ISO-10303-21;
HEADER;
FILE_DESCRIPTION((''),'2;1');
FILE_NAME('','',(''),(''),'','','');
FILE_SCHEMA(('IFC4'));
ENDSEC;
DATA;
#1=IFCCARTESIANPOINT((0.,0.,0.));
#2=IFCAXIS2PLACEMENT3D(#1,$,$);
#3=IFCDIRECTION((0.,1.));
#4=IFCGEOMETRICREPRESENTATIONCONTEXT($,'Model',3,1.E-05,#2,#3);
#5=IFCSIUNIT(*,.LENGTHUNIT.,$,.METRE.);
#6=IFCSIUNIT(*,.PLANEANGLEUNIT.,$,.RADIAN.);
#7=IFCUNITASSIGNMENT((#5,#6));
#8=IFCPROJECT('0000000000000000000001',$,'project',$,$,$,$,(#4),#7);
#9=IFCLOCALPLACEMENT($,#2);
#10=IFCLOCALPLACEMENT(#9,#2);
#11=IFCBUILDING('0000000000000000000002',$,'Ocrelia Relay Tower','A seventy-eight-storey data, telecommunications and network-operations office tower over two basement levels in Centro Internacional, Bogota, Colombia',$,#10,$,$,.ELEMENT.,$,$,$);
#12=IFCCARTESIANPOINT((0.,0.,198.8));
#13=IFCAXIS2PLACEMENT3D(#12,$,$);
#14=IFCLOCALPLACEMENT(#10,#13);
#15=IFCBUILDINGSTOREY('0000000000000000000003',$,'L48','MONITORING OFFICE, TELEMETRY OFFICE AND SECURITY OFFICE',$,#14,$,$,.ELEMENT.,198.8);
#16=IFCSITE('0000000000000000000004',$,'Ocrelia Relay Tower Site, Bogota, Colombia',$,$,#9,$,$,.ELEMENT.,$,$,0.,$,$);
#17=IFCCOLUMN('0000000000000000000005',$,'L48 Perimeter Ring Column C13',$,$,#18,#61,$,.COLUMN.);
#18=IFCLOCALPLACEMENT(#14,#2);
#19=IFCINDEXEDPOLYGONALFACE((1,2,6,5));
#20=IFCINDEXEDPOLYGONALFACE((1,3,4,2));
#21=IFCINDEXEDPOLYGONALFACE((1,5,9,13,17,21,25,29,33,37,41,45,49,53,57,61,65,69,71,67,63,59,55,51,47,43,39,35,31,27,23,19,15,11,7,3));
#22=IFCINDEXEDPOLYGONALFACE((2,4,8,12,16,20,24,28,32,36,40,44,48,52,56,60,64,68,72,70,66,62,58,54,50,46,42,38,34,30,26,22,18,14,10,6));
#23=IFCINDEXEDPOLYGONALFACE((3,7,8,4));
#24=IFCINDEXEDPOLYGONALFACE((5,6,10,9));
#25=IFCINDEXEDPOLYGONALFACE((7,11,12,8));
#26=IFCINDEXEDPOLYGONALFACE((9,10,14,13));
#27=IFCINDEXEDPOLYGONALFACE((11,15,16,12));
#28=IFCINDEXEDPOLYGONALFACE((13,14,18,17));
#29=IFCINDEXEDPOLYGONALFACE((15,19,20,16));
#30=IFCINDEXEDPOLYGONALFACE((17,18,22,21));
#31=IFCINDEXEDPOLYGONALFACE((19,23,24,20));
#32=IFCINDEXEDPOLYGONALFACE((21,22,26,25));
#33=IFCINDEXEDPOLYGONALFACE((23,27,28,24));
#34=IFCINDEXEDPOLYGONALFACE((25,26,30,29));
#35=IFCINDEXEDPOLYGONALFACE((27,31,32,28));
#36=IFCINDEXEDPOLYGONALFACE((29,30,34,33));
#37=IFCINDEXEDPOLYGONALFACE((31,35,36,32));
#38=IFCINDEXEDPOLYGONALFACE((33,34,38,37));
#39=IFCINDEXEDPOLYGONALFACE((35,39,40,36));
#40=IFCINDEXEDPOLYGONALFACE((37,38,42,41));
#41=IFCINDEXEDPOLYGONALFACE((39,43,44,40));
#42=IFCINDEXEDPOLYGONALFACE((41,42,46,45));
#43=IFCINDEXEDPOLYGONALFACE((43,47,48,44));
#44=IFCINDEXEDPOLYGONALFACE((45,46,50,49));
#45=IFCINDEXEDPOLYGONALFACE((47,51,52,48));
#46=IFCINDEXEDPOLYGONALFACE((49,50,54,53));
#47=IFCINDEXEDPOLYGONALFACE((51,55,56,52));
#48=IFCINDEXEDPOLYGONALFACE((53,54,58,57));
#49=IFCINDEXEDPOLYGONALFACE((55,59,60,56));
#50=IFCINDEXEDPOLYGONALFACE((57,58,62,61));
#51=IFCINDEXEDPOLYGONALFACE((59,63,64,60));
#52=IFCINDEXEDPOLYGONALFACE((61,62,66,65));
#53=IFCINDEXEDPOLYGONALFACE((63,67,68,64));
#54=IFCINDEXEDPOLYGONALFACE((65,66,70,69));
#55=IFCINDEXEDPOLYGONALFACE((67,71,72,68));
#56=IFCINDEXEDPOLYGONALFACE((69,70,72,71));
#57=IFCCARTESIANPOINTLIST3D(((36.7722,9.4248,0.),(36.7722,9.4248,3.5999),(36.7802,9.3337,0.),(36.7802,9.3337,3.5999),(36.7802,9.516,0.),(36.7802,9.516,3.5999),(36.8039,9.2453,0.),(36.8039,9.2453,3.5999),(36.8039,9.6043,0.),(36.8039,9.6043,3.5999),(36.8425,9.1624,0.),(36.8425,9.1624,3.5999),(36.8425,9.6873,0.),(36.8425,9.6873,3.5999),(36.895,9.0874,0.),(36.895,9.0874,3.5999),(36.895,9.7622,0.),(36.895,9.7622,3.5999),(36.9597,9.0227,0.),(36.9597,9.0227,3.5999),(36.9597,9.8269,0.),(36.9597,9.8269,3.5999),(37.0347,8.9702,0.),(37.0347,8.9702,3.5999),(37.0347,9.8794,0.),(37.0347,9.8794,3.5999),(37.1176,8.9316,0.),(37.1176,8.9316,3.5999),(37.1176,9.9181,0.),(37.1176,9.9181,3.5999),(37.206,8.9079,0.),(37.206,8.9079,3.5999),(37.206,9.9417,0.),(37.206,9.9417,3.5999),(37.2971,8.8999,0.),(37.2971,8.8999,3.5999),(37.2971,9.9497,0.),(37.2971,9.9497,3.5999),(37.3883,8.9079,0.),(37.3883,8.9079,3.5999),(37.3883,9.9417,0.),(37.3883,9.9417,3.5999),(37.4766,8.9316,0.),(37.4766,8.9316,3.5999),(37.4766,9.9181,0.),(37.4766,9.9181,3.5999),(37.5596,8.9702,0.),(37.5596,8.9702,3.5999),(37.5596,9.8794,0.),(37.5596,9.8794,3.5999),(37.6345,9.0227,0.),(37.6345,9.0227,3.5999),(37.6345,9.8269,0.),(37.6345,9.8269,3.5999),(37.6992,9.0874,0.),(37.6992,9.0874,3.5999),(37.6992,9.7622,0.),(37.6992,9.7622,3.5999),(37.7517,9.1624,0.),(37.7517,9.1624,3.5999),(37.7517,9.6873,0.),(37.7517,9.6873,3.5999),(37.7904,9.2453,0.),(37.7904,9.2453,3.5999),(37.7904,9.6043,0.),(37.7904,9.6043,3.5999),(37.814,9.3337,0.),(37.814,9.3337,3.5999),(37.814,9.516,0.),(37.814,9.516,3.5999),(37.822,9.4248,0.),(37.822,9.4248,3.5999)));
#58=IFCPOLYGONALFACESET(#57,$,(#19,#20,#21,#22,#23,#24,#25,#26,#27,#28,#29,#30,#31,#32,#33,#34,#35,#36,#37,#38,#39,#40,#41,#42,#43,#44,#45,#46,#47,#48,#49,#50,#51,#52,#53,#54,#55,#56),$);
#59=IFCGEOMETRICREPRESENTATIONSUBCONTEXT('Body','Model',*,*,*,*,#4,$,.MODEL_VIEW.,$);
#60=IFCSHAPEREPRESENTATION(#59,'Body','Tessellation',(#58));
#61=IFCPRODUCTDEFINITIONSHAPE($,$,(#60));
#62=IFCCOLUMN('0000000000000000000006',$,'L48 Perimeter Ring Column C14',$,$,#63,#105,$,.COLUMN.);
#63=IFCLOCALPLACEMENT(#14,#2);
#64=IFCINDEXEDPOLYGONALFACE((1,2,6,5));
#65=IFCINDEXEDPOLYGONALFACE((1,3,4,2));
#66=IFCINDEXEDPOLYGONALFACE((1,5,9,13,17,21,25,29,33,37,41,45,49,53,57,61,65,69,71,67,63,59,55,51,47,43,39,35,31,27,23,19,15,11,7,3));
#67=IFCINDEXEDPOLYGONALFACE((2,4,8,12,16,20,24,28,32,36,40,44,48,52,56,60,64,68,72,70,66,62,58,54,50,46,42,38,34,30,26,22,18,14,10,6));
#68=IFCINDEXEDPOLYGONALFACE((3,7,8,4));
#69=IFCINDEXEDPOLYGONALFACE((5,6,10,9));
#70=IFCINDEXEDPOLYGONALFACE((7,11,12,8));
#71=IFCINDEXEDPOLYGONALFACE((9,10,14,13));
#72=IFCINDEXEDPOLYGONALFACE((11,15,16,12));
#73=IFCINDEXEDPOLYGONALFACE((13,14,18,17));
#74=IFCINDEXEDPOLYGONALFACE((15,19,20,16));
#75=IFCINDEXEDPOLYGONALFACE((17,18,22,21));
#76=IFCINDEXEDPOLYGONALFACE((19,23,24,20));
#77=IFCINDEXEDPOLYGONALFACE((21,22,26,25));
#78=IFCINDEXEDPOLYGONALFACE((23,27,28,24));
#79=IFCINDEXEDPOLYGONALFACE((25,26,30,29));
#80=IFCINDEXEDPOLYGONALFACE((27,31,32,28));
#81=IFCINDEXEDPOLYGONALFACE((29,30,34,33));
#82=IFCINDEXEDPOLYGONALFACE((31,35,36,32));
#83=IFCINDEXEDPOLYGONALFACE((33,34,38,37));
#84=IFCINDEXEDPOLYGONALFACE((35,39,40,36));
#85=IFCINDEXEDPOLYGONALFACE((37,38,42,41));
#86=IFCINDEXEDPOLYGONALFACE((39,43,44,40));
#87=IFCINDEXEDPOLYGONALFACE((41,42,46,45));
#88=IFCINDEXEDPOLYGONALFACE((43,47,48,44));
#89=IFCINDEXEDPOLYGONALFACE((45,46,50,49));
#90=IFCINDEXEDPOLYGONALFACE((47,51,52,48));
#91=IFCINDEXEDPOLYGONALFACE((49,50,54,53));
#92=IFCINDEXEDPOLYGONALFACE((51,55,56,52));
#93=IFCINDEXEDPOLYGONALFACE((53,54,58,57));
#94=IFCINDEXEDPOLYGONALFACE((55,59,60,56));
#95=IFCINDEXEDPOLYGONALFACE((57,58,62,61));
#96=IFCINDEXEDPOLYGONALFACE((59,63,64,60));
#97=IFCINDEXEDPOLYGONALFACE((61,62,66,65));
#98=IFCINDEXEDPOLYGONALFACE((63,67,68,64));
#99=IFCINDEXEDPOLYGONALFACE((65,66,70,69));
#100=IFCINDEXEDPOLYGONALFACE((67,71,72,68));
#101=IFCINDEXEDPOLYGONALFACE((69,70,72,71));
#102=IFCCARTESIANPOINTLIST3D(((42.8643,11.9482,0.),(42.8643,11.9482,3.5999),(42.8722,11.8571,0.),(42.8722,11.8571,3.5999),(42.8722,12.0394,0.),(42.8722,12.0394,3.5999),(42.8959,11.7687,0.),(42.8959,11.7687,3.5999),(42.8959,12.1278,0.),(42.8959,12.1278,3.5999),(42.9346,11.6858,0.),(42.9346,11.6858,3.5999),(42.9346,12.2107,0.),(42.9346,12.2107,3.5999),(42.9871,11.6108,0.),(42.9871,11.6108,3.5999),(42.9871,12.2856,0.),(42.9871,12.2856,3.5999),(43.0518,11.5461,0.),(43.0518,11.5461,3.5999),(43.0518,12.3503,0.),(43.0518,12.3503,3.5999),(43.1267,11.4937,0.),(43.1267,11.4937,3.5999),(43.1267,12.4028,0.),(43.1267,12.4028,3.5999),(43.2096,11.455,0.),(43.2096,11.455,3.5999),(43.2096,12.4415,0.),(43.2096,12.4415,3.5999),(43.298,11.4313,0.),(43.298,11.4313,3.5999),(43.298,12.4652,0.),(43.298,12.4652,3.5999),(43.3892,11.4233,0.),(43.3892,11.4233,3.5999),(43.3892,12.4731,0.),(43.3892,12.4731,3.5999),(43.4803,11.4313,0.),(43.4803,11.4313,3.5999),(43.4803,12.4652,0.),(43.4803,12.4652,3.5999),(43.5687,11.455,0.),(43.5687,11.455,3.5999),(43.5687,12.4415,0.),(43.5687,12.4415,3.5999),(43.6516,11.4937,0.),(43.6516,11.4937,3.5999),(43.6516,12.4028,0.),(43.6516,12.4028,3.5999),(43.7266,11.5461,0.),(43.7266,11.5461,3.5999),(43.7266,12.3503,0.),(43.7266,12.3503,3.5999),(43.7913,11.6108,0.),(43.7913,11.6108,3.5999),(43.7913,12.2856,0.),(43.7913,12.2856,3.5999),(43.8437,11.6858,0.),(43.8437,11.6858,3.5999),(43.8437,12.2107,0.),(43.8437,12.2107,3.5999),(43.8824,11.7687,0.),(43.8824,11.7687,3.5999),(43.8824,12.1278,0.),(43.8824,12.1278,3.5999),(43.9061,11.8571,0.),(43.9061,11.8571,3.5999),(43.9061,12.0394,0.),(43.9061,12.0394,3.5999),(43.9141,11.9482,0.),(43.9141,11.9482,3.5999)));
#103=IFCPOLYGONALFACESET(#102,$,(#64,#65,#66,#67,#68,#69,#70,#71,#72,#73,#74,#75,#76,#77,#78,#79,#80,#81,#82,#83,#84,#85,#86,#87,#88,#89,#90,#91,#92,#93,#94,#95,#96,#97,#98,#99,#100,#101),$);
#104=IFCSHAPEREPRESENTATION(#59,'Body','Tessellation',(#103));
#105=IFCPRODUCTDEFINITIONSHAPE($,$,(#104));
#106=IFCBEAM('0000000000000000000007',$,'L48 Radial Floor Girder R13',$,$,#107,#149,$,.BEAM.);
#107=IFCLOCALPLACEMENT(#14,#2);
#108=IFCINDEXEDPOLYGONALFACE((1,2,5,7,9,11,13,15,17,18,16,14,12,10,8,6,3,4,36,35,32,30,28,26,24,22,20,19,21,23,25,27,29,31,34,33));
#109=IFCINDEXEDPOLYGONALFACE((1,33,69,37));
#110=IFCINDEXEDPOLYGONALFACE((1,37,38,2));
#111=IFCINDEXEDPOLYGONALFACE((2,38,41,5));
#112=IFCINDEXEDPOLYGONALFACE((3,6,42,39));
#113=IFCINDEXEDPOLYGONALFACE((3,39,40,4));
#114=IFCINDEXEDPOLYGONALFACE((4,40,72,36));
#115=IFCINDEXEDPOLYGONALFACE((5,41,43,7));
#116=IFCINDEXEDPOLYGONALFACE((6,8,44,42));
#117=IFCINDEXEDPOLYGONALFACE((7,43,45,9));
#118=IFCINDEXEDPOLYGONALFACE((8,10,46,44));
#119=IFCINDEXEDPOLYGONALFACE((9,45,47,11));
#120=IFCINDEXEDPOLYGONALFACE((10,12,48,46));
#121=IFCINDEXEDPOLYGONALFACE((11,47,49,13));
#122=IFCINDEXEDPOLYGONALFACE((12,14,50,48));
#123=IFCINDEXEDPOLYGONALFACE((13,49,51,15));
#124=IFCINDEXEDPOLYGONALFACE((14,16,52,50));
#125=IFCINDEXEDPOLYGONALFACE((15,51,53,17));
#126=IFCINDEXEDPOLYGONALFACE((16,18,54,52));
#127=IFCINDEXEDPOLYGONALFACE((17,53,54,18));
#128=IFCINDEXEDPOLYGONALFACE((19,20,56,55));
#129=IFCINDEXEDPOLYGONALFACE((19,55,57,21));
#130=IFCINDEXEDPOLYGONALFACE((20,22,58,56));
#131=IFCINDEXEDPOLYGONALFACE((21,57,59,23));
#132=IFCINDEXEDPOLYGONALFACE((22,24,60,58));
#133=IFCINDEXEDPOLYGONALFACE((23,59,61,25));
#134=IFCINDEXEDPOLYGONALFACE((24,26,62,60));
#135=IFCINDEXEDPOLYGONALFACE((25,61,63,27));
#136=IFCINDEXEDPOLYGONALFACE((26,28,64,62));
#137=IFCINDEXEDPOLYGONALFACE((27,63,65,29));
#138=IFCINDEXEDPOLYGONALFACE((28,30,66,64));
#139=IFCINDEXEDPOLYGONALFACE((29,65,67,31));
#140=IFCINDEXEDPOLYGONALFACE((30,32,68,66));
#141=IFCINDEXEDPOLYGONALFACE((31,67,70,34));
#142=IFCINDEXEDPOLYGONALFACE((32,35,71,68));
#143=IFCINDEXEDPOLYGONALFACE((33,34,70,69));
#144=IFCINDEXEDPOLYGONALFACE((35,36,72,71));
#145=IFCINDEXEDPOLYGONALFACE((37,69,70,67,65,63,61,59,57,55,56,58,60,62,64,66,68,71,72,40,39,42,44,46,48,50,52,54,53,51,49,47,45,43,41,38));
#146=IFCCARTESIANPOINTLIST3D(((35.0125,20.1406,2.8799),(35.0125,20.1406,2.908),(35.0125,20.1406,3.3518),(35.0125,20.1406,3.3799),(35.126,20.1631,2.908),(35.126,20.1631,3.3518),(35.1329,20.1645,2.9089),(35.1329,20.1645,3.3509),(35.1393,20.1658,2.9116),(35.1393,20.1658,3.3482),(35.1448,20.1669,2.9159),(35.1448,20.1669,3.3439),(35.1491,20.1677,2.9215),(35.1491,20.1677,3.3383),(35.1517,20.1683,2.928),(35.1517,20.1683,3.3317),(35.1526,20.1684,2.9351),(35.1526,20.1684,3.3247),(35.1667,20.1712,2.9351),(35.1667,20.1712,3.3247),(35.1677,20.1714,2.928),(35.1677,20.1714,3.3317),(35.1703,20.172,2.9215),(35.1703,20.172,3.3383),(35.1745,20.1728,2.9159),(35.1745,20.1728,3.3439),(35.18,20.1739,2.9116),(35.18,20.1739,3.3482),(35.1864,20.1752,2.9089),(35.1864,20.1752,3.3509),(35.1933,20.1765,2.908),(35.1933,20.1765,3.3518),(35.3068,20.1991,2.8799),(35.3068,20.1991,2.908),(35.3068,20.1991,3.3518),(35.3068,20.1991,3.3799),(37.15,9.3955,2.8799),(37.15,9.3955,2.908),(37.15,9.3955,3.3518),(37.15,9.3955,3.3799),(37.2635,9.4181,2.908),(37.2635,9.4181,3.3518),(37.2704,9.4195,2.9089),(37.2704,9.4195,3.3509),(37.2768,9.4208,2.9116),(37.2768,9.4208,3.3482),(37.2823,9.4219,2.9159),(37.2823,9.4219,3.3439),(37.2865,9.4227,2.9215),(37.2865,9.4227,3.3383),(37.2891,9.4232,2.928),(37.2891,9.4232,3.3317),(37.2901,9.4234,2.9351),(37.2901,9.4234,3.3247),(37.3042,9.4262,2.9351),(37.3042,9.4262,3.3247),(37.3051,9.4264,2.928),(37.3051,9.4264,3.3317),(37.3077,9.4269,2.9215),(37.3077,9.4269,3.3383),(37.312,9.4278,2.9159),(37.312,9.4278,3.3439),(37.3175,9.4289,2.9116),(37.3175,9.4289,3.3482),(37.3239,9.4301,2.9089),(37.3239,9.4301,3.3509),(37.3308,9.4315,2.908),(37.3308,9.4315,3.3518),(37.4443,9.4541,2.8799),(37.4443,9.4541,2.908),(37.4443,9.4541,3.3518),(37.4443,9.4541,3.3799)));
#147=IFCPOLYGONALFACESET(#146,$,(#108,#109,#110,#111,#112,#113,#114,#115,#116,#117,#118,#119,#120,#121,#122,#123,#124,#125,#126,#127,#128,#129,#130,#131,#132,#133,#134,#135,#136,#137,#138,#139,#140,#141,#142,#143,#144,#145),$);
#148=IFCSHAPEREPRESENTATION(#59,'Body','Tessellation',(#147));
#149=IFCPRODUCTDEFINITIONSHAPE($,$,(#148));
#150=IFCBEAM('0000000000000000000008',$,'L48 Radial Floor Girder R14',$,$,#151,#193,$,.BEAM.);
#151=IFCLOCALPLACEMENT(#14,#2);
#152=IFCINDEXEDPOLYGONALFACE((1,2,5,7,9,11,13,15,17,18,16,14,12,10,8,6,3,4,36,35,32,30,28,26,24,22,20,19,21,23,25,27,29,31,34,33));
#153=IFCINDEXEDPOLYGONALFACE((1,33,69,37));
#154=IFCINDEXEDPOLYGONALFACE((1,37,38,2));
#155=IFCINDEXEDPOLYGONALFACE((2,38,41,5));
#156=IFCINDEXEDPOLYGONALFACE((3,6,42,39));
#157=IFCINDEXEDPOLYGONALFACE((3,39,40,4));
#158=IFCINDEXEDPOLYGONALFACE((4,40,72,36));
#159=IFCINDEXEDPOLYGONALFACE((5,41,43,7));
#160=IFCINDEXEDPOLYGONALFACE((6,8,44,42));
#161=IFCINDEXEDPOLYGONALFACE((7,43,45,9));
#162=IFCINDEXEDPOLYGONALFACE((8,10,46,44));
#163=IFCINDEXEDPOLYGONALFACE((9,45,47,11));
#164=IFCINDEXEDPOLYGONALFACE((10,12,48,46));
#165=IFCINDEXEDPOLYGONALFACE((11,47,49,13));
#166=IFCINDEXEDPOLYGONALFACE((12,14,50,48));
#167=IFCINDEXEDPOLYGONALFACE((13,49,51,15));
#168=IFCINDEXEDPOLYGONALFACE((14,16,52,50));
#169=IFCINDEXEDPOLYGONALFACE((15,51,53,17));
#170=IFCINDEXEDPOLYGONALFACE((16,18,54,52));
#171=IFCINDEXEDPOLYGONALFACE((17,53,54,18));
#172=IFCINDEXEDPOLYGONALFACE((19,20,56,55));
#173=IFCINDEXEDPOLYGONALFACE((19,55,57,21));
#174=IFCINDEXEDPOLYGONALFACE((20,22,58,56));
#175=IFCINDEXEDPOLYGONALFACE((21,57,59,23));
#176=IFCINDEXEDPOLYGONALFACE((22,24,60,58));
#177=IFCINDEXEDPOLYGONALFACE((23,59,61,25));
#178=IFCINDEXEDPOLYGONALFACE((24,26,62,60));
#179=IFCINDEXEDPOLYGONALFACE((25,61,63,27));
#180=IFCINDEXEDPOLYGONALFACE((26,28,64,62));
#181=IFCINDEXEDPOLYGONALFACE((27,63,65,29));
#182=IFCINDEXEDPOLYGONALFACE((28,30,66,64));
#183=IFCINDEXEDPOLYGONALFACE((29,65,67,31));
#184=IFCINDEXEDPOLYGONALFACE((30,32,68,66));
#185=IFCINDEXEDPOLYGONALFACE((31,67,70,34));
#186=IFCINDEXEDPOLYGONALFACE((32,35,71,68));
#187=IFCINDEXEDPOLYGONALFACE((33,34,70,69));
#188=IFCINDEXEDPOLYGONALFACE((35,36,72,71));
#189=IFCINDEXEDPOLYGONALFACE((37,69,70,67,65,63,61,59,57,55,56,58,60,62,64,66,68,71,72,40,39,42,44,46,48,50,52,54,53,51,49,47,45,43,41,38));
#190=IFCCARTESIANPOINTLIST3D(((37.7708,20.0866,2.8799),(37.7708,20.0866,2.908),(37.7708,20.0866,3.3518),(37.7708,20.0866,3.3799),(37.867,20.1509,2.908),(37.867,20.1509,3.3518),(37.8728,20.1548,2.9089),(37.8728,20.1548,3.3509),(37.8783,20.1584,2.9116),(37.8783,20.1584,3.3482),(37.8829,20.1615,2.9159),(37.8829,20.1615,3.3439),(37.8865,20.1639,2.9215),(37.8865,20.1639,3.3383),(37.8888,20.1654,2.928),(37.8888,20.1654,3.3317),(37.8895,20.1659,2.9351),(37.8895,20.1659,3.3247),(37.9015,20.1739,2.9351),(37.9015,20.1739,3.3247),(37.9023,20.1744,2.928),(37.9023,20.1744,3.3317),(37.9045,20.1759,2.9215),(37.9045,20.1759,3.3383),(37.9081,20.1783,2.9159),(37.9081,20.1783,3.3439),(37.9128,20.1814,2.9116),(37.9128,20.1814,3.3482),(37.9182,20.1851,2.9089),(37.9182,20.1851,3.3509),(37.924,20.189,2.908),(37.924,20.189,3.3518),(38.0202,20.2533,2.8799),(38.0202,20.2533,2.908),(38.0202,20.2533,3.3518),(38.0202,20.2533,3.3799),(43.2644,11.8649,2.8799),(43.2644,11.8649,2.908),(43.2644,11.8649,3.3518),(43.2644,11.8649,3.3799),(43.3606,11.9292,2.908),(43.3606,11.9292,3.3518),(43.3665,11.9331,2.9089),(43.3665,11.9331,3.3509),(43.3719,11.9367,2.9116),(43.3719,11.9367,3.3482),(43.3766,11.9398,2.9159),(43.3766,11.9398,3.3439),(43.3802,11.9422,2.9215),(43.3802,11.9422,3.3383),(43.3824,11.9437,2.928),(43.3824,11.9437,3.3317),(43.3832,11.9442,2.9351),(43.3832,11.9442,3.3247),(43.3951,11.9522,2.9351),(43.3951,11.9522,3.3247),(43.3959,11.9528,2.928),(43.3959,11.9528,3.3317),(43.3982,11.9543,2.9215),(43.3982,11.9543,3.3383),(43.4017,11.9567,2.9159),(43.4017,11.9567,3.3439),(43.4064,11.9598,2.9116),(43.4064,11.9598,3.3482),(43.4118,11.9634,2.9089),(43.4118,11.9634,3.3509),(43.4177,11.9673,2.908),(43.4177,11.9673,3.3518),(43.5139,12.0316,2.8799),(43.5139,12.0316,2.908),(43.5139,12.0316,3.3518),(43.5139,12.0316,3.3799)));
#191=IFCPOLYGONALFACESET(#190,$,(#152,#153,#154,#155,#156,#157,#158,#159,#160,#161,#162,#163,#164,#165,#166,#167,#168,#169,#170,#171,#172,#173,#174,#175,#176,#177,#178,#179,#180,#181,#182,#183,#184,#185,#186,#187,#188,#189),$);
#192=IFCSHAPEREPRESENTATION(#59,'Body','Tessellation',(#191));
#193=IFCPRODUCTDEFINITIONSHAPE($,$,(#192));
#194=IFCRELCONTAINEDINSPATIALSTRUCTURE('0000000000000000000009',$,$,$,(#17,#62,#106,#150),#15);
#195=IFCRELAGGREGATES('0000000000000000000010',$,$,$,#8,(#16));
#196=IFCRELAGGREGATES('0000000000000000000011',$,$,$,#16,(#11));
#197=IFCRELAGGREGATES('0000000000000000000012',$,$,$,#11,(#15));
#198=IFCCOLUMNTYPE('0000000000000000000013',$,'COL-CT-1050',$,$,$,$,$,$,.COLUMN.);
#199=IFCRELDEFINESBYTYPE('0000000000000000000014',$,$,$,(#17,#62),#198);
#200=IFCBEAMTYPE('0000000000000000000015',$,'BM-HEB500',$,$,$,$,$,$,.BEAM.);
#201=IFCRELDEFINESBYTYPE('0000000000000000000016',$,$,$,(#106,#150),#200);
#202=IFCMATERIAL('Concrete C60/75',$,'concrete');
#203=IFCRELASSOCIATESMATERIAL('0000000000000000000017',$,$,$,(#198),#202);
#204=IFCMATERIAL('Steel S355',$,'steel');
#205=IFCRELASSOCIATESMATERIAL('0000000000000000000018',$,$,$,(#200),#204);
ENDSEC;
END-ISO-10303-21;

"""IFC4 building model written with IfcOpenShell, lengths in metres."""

from ifc_helpers import new_model, si_unit, direction, frame, origin, origin_2d, place, context, subcontext, project, spatial, circle, i_section, extrude, material, material_profile, profile_set, type_object, element, save


model = new_model("IFC4")

# Units and contexts
model_context = context("Model", 3, precision=1e-05, world=origin(), true_north=direction((0.0, 1.0)))
body_context = subcontext(model_context, "Body", "Model", "MODEL_VIEW")
ifc_project = project(units=[si_unit("LENGTHUNIT", "METRE"), si_unit("PLANEANGLEUNIT", "RADIAN")], contexts=[model_context])

# Site, building, storey
site_placement = place(None, origin())
site = spatial("IfcSite", under=ifc_project, at=site_placement, Name="Ocrelia Relay Tower Site, Bogota, Colombia", CompositionType="ELEMENT", RefElevation=0.0)
building_placement = place(site_placement, origin())
building = spatial("IfcBuilding", under=site, at=building_placement, Name="Ocrelia Relay Tower", Description="A seventy-eight-storey data, telecommunications and network-operations office tower over two basement levels in Centro Internacional, Bogota, Colombia", CompositionType="ELEMENT")
storey_placement = place(building_placement, frame((0.0, 0.0, 198.8)))
storey = spatial("IfcBuildingStorey", under=building, at=storey_placement, Name="L48", Description="MONITORING OFFICE, TELEMETRY OFFICE AND SECURITY OFFICE", CompositionType="ELEMENT", Elevation=198.8)

# Columns
ifc_material_1 = material(Name="Concrete C60/75", Category="concrete")
ifc_material_profile_1 = material_profile(ifc_material_1, circle(Radius=0.5249, at=origin_2d()), Name="RC-CIR-1050")
ifc_profile_set_1 = profile_set([ifc_material_profile_1], Name="Concrete C60/75")
column_type = type_object("IfcColumnType", Name="COL-CT-1050", PredefinedType="COLUMN", material=ifc_profile_set_1)
for number, where, z_axis, x_axis, name in (
    (1, (37.2971, 9.4248, 0.0), (0.0, 0.0, 1.0), (1.0, 0.0, 0.0), "L48 Perimeter Ring Column C13"),
    (2, (43.3892, 11.9482, 0.0), (0.0, 0.0, 1.0), (1.0, 0.0, 0.0), "L48 Perimeter Ring Column C14"),
):
    element("IfcColumn", number, at=place(storey_placement, frame(where, z_axis=z_axis, x_axis=x_axis)), inside=storey, type_object=column_type, Name=name, PredefinedType="COLUMN", context=body_context, shape_type="SweptSolid", body=[
        extrude(circle(Radius=0.5249, at=origin_2d()), origin(), (0.0, 0.0, 1.0), 3.5999),
    ])

# Beams
ifc_material_2 = material(Name="Steel S355", Category="steel")
ifc_material_profile_2 = material_profile(ifc_material_2, i_section(OverallWidth=0.3, OverallDepth=0.5, WebThickness=0.0144, FlangeThickness=0.0281, FilletRadius=0.0271, at=origin_2d()), Name="HEB 500")
ifc_profile_set_2 = profile_set([ifc_material_profile_2], Name="Steel S355")
beam_type_1 = type_object("IfcBeamType", Name="BM-HEB500", PredefinedType="BEAM", material=ifc_profile_set_2)
beam_1_placement = place(storey_placement, frame((37.2971, 9.4248, 3.1299), z_axis=(-0.1951, 0.980783, 0.0), x_axis=(-0.980783, -0.1951, 0.0)))
element("IfcBeam", 3, at=beam_1_placement, inside=storey, type_object=beam_type_1, Name="L48 Radial Floor Girder R13", PredefinedType="BEAM", context=body_context, shape_type="SweptSolid", body=[
    extrude(i_section(OverallWidth=0.3, OverallDepth=0.5, WebThickness=0.0144, FlangeThickness=0.0281, FilletRadius=0.0271, at=origin_2d()), origin(), (0.0, 0.0, 1.0), 10.9556),
])
beam_2_placement = place(storey_placement, frame((43.3892, 11.9482, 3.1299), z_axis=(-0.555577, 0.831465, 0.0), x_axis=(-0.831465, -0.555577, 0.0)))
element("IfcBeam", 4, at=beam_2_placement, inside=storey, type_object=beam_type_1, Name="L48 Radial Floor Girder R14", PredefinedType="BEAM", context=body_context, shape_type="SweptSolid", body=[
    extrude(i_section(OverallWidth=0.3, OverallDepth=0.5, WebThickness=0.0144, FlangeThickness=0.0281, FilletRadius=0.0271, at=origin_2d()), origin(), (0.0, 0.0, 1.0), 9.8882),
])

save(model, "model.ifc")
